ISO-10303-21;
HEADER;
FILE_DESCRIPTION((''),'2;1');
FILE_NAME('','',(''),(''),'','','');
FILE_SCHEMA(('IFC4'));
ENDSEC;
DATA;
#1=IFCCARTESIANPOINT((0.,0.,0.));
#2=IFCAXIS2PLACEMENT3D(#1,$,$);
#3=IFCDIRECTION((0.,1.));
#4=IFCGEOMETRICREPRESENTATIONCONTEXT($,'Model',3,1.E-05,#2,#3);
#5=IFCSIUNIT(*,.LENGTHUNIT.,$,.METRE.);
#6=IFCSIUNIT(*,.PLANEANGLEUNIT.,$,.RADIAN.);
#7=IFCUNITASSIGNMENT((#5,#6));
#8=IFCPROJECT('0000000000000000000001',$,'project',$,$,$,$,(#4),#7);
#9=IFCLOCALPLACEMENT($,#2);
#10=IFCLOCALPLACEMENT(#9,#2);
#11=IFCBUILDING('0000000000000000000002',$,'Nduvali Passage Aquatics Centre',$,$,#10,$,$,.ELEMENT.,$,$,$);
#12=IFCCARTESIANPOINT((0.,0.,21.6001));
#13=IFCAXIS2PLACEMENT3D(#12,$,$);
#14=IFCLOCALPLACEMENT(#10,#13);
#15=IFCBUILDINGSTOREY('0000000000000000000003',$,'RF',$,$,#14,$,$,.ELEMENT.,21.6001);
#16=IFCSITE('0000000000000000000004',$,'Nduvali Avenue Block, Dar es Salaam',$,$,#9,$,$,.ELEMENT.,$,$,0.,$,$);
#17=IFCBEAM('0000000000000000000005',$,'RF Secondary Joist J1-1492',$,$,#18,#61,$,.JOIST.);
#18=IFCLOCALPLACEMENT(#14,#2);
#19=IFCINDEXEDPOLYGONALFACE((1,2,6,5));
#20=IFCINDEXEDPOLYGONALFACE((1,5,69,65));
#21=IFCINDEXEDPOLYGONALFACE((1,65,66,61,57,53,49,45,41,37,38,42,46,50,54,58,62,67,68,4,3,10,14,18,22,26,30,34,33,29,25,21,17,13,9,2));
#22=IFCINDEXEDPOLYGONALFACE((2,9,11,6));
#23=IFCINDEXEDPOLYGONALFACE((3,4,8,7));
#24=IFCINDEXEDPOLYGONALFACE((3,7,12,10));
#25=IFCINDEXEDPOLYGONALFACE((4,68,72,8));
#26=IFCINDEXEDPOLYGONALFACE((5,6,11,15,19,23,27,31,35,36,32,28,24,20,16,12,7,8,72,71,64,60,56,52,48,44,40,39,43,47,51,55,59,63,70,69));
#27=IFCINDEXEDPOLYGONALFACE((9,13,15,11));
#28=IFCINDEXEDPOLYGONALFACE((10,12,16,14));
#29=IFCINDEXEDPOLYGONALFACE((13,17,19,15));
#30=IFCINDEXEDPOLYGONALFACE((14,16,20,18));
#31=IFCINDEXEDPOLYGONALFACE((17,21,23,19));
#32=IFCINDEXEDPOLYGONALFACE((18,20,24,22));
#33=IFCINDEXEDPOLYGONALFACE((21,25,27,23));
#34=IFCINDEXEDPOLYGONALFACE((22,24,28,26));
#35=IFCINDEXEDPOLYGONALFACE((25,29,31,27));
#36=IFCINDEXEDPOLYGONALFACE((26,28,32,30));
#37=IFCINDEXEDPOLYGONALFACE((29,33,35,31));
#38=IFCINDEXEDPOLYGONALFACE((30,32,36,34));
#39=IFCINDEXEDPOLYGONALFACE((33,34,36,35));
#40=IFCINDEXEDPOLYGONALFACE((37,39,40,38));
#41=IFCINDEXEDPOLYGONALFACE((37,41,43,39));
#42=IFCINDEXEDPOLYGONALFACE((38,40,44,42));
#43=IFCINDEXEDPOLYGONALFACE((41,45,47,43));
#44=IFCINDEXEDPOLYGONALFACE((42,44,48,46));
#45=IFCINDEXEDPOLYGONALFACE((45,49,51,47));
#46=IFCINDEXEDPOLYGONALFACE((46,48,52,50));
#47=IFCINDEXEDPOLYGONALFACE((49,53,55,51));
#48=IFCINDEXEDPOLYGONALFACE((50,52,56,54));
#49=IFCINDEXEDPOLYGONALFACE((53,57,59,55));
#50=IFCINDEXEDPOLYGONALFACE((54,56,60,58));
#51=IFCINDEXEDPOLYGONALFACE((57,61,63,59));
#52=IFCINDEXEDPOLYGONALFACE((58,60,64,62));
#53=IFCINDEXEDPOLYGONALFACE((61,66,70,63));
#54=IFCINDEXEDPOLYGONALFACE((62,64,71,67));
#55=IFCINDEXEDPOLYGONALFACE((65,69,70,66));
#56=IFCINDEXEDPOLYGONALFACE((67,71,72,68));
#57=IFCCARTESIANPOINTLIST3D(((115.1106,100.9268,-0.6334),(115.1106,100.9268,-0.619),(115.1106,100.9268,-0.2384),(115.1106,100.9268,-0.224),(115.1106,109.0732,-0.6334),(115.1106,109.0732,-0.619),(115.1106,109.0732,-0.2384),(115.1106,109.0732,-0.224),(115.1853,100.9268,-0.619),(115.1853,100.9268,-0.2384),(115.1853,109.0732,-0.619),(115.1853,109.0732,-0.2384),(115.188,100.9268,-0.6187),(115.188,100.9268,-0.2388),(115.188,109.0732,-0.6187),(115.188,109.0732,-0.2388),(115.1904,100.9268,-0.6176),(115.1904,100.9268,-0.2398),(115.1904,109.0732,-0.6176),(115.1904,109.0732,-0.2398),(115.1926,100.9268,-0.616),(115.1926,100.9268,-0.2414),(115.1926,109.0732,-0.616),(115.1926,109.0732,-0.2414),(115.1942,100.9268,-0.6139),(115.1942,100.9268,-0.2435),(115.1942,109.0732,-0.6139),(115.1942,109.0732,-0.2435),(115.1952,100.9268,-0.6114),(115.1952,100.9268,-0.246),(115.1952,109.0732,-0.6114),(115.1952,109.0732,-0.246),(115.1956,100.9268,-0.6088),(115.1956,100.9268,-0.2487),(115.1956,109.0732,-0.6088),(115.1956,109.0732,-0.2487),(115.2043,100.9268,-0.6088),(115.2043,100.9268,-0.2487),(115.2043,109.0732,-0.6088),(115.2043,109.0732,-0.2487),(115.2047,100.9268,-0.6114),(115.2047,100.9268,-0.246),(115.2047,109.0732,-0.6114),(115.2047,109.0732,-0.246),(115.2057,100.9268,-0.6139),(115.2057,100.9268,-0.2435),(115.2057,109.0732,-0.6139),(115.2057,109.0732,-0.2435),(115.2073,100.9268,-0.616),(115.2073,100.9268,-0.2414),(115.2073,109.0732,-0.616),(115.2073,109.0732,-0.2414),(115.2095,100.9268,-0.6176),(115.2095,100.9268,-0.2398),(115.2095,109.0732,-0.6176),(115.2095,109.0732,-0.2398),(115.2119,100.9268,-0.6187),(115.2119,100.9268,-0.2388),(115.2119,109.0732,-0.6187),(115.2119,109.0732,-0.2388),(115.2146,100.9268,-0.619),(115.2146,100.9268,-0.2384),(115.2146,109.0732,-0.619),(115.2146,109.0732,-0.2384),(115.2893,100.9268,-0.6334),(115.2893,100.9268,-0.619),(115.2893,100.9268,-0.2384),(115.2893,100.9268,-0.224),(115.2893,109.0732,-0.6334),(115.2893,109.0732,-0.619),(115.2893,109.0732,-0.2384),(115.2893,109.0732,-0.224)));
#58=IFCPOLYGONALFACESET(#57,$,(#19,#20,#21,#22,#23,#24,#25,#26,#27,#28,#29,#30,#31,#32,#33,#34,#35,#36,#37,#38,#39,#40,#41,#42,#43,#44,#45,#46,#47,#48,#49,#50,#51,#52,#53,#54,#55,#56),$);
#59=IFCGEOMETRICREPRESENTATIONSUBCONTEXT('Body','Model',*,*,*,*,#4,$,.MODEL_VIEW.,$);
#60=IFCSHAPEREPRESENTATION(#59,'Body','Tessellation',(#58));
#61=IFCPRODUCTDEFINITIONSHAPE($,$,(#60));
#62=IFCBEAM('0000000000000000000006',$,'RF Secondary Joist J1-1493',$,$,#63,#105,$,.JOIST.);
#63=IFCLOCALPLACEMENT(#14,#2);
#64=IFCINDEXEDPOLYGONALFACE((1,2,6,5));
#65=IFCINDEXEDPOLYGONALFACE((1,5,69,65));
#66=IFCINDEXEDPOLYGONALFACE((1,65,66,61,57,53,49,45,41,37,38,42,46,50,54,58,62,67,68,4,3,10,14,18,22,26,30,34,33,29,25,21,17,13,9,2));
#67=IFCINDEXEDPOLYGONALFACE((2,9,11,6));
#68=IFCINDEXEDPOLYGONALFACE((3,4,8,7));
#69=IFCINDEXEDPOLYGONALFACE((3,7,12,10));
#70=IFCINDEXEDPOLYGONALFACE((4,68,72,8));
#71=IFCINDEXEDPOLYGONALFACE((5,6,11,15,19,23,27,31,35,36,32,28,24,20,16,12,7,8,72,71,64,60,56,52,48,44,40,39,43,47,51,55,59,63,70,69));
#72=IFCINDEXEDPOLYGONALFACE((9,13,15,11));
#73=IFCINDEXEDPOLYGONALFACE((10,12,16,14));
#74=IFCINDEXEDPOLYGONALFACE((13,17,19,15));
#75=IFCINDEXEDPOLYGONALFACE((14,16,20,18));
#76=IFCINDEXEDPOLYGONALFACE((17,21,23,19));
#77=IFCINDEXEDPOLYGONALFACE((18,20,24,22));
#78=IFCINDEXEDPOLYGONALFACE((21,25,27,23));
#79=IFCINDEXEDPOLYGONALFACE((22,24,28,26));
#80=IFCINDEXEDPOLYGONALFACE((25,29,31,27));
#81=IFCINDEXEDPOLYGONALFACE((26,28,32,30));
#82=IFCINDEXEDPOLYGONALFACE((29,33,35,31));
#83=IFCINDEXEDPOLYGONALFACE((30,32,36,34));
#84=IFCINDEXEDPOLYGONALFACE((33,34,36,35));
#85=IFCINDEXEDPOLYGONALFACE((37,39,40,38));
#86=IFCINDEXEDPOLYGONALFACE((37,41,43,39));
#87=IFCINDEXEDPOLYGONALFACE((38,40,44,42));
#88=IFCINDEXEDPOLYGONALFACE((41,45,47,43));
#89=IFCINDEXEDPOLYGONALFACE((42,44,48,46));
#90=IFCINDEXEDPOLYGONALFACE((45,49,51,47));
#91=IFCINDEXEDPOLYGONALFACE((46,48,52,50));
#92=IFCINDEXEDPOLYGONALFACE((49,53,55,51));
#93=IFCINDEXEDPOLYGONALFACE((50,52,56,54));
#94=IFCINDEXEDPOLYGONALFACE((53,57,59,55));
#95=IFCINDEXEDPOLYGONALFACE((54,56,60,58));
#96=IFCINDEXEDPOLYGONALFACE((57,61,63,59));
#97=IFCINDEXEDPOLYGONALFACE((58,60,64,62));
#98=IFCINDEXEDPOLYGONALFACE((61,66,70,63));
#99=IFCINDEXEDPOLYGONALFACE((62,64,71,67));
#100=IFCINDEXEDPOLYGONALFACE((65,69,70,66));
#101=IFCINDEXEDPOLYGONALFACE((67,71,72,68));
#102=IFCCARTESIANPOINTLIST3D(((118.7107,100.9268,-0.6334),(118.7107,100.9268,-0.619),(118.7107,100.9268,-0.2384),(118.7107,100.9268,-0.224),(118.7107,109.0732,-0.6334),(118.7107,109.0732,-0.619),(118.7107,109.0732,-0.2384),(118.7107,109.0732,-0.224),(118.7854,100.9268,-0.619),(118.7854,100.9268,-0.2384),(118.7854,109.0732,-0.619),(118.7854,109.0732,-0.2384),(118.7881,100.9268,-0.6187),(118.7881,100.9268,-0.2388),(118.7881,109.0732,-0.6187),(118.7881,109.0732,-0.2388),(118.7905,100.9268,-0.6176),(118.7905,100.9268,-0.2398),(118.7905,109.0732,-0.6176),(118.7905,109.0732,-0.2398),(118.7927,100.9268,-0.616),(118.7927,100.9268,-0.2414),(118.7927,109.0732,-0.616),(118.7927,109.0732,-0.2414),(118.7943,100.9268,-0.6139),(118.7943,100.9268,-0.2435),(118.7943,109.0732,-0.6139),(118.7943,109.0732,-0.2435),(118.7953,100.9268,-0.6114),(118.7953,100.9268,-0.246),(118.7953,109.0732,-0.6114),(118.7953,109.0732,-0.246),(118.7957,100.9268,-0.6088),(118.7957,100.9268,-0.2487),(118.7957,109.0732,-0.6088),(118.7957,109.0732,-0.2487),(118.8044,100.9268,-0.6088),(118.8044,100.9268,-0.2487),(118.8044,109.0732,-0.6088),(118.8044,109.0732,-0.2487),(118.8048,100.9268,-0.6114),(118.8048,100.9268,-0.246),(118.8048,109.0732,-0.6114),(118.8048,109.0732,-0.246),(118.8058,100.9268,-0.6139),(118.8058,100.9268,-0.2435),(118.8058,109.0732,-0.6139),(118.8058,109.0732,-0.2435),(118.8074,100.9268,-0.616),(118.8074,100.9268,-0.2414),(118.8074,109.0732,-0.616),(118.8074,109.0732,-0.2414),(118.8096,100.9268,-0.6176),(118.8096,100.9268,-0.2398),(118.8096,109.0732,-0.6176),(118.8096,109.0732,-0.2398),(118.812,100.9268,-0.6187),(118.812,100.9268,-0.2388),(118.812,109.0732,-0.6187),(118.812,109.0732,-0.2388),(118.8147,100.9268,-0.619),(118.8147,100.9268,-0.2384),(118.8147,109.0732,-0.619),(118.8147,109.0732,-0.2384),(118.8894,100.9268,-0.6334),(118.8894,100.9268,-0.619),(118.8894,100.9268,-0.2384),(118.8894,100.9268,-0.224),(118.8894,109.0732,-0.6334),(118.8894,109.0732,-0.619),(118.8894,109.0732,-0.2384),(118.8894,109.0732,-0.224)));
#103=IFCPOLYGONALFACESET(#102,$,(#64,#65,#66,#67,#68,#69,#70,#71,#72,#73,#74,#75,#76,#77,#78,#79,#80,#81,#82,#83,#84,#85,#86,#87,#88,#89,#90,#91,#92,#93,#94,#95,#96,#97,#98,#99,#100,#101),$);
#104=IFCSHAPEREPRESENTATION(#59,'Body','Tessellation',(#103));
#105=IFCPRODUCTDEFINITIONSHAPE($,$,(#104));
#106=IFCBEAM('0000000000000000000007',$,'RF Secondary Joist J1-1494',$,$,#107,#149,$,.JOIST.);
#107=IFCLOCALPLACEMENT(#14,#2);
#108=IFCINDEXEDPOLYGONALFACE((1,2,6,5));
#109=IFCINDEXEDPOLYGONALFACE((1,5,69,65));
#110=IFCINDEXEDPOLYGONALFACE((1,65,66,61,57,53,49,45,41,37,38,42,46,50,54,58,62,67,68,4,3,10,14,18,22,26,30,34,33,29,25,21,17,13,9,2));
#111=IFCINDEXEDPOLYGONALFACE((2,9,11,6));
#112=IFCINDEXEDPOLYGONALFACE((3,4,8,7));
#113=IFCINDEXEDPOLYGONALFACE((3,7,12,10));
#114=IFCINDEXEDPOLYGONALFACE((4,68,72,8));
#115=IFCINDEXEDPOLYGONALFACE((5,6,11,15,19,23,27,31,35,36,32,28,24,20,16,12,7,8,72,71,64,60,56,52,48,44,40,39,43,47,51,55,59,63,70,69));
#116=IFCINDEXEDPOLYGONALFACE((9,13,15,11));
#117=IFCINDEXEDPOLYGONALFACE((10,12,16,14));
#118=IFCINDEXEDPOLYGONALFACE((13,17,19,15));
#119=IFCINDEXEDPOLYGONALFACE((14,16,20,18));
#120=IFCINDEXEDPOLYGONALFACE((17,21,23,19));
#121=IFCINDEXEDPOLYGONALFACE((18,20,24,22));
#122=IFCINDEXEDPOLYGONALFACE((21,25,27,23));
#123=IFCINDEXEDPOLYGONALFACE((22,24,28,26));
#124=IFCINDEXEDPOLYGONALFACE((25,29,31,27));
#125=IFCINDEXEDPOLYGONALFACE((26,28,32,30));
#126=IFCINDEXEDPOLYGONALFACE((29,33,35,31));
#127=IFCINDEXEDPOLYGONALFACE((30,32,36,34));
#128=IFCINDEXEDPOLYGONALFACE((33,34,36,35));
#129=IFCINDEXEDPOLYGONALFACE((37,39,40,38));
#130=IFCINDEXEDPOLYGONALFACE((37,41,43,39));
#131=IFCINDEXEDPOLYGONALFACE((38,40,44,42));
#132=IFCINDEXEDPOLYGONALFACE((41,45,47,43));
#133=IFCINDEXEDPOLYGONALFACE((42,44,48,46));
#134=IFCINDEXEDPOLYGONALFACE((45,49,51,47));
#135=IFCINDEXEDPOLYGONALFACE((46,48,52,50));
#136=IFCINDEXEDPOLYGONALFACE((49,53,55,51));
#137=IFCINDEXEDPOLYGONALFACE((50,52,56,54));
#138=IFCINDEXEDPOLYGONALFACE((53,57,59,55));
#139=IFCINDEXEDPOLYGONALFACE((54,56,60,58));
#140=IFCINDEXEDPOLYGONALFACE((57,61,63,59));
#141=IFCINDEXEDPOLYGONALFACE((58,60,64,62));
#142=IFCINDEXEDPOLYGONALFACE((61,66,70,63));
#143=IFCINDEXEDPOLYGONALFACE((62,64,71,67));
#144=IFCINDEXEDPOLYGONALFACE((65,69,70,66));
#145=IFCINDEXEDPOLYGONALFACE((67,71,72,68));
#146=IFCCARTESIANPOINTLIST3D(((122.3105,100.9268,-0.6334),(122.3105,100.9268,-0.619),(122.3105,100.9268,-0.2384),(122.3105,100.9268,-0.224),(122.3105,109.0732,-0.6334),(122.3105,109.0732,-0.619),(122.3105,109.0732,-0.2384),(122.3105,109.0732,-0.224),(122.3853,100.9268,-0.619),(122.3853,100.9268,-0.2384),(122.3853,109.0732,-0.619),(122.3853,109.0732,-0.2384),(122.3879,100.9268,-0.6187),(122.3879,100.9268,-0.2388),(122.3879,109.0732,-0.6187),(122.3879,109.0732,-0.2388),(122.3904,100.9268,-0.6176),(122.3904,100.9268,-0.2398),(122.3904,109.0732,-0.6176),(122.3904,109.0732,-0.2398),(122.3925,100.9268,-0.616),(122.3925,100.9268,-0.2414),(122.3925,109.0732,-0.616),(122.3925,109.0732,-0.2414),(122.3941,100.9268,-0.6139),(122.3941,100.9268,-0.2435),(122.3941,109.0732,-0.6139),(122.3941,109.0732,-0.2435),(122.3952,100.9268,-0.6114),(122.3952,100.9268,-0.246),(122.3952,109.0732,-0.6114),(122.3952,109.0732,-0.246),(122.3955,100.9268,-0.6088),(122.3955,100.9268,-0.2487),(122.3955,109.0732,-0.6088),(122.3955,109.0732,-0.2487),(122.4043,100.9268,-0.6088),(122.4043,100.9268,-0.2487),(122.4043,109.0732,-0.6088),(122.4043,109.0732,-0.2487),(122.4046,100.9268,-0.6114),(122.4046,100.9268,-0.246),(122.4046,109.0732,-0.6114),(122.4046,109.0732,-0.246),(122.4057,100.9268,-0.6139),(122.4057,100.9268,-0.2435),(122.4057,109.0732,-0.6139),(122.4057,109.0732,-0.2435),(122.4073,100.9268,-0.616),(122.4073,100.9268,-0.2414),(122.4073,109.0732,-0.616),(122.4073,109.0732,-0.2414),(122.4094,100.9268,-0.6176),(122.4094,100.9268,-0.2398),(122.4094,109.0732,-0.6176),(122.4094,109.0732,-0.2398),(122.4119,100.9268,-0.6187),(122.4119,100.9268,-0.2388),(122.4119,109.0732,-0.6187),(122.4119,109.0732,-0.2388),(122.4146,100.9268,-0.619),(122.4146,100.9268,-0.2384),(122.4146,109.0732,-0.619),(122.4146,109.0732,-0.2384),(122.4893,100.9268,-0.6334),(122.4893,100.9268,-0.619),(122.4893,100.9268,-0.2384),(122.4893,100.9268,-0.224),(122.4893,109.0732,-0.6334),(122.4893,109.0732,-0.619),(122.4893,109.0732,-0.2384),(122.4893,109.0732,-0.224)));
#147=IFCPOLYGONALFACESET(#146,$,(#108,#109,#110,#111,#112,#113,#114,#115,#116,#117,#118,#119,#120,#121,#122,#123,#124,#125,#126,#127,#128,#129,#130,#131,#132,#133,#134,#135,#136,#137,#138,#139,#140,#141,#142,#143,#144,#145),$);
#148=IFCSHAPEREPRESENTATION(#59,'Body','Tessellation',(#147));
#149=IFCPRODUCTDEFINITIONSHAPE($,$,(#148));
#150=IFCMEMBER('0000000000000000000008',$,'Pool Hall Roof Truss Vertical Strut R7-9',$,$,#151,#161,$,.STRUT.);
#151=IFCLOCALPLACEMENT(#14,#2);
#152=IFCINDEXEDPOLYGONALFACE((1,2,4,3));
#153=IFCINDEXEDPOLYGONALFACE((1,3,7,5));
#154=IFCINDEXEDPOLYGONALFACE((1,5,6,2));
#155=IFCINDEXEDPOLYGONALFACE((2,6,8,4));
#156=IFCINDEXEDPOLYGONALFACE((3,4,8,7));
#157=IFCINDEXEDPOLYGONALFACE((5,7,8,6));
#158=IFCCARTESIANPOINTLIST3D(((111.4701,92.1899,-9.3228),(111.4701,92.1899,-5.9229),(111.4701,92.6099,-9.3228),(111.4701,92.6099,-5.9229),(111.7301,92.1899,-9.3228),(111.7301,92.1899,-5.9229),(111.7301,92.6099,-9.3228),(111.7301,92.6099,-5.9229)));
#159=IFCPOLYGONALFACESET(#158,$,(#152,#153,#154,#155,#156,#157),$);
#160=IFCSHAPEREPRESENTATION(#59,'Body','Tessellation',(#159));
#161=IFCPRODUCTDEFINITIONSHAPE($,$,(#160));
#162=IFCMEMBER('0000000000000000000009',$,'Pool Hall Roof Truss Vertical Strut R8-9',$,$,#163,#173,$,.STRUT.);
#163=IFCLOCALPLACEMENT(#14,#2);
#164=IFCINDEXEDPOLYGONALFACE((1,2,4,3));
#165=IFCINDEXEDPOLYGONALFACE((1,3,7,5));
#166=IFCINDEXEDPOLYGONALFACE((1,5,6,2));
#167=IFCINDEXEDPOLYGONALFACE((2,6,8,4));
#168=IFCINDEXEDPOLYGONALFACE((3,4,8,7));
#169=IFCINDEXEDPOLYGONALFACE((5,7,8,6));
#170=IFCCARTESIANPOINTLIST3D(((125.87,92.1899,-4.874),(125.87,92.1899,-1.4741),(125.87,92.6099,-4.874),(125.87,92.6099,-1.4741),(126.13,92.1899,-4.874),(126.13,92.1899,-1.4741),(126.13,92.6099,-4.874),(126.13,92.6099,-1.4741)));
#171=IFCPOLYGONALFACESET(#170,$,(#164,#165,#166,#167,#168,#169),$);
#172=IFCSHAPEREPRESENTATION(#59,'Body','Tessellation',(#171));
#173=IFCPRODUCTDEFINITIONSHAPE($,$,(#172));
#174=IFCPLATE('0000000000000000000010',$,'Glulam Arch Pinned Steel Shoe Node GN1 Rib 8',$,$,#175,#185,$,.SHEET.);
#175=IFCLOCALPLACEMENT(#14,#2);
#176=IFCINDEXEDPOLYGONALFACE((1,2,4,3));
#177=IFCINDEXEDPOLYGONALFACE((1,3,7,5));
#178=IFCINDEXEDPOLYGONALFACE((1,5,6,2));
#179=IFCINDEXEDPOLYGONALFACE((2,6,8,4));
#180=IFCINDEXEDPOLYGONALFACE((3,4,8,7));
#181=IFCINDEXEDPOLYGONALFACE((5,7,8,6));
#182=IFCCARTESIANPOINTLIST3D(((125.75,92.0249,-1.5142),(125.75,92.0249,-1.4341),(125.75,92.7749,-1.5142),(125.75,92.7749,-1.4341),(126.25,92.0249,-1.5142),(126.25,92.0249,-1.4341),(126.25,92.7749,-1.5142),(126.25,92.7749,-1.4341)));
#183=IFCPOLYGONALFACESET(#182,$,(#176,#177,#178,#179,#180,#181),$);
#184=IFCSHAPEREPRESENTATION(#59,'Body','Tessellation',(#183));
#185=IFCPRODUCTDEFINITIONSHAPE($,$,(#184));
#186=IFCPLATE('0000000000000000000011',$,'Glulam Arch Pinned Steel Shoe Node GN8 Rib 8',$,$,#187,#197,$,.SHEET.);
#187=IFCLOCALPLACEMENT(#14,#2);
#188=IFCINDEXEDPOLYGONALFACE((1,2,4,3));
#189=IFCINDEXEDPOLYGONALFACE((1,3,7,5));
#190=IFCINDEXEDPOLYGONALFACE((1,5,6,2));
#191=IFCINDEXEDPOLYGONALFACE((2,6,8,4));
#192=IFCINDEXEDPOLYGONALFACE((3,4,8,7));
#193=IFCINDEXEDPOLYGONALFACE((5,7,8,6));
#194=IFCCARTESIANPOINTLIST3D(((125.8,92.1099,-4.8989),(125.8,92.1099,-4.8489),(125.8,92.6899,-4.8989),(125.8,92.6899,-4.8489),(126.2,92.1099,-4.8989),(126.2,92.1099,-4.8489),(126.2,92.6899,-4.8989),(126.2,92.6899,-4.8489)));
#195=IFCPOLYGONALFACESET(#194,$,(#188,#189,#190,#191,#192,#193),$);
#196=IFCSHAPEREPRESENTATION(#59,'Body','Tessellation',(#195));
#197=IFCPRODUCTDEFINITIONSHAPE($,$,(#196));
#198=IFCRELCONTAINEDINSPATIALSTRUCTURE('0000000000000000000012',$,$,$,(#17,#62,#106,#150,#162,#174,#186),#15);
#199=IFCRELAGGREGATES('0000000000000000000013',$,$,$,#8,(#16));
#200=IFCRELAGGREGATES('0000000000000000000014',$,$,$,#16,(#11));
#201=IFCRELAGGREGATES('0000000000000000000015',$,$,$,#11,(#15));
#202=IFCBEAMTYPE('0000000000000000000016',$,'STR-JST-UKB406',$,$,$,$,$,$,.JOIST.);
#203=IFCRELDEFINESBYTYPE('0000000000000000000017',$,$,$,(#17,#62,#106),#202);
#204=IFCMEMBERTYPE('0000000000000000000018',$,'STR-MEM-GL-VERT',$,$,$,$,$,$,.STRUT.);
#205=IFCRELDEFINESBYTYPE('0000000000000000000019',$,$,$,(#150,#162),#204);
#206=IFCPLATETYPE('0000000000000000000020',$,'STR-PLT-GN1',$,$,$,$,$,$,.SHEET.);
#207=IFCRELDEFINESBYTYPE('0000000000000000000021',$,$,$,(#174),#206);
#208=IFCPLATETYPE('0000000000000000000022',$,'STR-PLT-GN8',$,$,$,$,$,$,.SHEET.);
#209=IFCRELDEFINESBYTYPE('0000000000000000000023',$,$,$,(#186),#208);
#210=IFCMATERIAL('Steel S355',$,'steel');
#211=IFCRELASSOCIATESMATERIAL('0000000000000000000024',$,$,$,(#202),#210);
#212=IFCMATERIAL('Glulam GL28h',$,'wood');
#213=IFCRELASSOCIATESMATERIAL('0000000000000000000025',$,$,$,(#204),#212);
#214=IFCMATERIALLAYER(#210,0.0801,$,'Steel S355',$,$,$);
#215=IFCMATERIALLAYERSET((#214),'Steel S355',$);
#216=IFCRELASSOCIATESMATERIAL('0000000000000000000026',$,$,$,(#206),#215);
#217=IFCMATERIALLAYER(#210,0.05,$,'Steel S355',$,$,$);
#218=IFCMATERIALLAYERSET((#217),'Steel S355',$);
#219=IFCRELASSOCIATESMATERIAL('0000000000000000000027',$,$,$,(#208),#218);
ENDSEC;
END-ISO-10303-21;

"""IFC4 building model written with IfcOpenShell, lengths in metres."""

from ifc_helpers import new_model, si_unit, direction, frame, origin, origin_2d, place, context, subcontext, project, spatial, rectangle, i_section, extrude, material, layer, layer_set, material_profile, profile_set, type_object, element, save


model = new_model("IFC4")

# Units and contexts
model_context = context("Model", 3, precision=1e-05, world=origin(), true_north=direction((0.0, 1.0)))
body_context = subcontext(model_context, "Body", "Model", "MODEL_VIEW")
ifc_project = project(units=[si_unit("LENGTHUNIT", "METRE"), si_unit("PLANEANGLEUNIT", "RADIAN")], contexts=[model_context])

# Site, building, storey
site_placement = place(None, origin())
site = spatial("IfcSite", under=ifc_project, at=site_placement, Name="Nduvali Avenue Block, Dar es Salaam", CompositionType="ELEMENT", RefElevation=0.0)
building_placement = place(site_placement, origin())
building = spatial("IfcBuilding", under=site, at=building_placement, Name="Nduvali Passage Aquatics Centre", CompositionType="ELEMENT")
storey_placement = place(building_placement, frame((0.0, 0.0, 21.6001)))
storey = spatial("IfcBuildingStorey", under=building, at=storey_placement, Name="RF", CompositionType="ELEMENT", Elevation=21.6001)

# Beams
ifc_material_1 = material(Name="Steel S355", Category="steel")
ifc_material_profile_1 = material_profile(ifc_material_1, i_section(OverallWidth=0.1787, OverallDepth=0.4094, WebThickness=0.0088, FlangeThickness=0.0144, FilletRadius=0.0103, at=origin_2d()), Name="UKB 406x178x67")
ifc_profile_set_1 = profile_set([ifc_material_profile_1], Name="Steel S355")
beam_type_1 = type_object("IfcBeamType", Name="STR-JST-UKB406", PredefinedType="JOIST", material=ifc_profile_set_1)
for number, where, z_axis, x_axis, name in (
    (1, (115.2, 100.9268, -0.4287), (0.0, 1.0, 0.0), (-1.0, 0.0, 0.0), "RF Secondary Joist J1-1492"),
    (2, (118.8, 100.9268, -0.4287), (0.0, 1.0, 0.0), (-1.0, 0.0, 0.0), "RF Secondary Joist J1-1493"),
    (3, (122.3999, 100.9268, -0.4287), (0.0, 1.0, 0.0), (-1.0, 0.0, 0.0), "RF Secondary Joist J1-1494"),
):
    element("IfcBeam", number, at=place(storey_placement, frame(where, z_axis=z_axis, x_axis=x_axis)), inside=storey, type_object=beam_type_1, Name=name, PredefinedType="JOIST", context=body_context, shape_type="SweptSolid", body=[
        extrude(i_section(OverallWidth=0.1787, OverallDepth=0.4094, WebThickness=0.0088, FlangeThickness=0.0144, FilletRadius=0.0103, at=origin_2d()), origin(), (0.0, 0.0, 1.0), 8.1465),
    ])

# Members
ifc_material_2 = material(Name="Glulam GL28h", Category="wood")
ifc_material_profile_2 = material_profile(ifc_material_2, rectangle(XDim=0.26, YDim=0.4199, at=origin_2d()), Name="GL28h 260x420")
ifc_profile_set_2 = profile_set([ifc_material_profile_2], Name="Glulam GL28h")
member_type = type_object("IfcMemberType", Name="STR-MEM-GL-VERT", PredefinedType="STRUT", material=ifc_profile_set_2)
for number, where, z_axis, x_axis, name in (
    (4, (111.6001, 92.3999, -9.3228), (0.0, 0.0, 1.0), (1.0, 0.0, 0.0), "Pool Hall Roof Truss Vertical Strut R7-9"),
    (5, (126.0, 92.3999, -4.874), (0.0, 0.0, 1.0), (1.0, 0.0, 0.0), "Pool Hall Roof Truss Vertical Strut R8-9"),
):
    element("IfcMember", number, at=place(storey_placement, frame(where, z_axis=z_axis, x_axis=x_axis)), inside=storey, type_object=member_type, Name=name, PredefinedType="STRUT", context=body_context, shape_type="SweptSolid", body=[
        extrude(rectangle(XDim=0.26, YDim=0.4199, at=origin_2d()), origin(), (0.0, 0.0, 1.0), 3.3999),
    ])

# Plates
ifc_layer_1 = layer(ifc_material_1, 0.0801, Name="Steel S355")
ifc_layer_set_1 = layer_set([ifc_layer_1], Name="Steel S355")
plate_type_1 = type_object("IfcPlateType", Name="STR-PLT-GN1", PredefinedType="SHEET", material=ifc_layer_set_1)
plate_1_placement = place(storey_placement, frame((126.0, 92.3999, -1.5142), z_axis=(0.0, 0.0, 1.0), x_axis=(0.0, 1.0, 0.0)))
element("IfcPlate", 6, at=plate_1_placement, inside=storey, type_object=plate_type_1, Name="Glulam Arch Pinned Steel Shoe Node GN1 Rib 8", PredefinedType="SHEET", context=body_context, shape_type="SweptSolid", body=[
    extrude(rectangle(XDim=0.75, YDim=0.5, at=origin_2d()), origin(), (0.0, 0.0, 1.0), 0.0801),
])
ifc_layer_2 = layer(ifc_material_1, 0.05, Name="Steel S355")
ifc_layer_set_2 = layer_set([ifc_layer_2], Name="Steel S355")
plate_type_2 = type_object("IfcPlateType", Name="STR-PLT-GN8", PredefinedType="SHEET", material=ifc_layer_set_2)
plate_2_placement = place(storey_placement, frame((126.0, 92.3999, -4.8989), z_axis=(0.0, 0.0, 1.0), x_axis=(0.0, 1.0, 0.0)))
element("IfcPlate", 7, at=plate_2_placement, inside=storey, type_object=plate_type_2, Name="Glulam Arch Pinned Steel Shoe Node GN8 Rib 8", PredefinedType="SHEET", context=body_context, shape_type="SweptSolid", body=[
    extrude(rectangle(XDim=0.5801, YDim=0.3999, at=origin_2d()), origin(), (0.0, 0.0, 1.0), 0.05),
])

save(model, "model.ifc")
